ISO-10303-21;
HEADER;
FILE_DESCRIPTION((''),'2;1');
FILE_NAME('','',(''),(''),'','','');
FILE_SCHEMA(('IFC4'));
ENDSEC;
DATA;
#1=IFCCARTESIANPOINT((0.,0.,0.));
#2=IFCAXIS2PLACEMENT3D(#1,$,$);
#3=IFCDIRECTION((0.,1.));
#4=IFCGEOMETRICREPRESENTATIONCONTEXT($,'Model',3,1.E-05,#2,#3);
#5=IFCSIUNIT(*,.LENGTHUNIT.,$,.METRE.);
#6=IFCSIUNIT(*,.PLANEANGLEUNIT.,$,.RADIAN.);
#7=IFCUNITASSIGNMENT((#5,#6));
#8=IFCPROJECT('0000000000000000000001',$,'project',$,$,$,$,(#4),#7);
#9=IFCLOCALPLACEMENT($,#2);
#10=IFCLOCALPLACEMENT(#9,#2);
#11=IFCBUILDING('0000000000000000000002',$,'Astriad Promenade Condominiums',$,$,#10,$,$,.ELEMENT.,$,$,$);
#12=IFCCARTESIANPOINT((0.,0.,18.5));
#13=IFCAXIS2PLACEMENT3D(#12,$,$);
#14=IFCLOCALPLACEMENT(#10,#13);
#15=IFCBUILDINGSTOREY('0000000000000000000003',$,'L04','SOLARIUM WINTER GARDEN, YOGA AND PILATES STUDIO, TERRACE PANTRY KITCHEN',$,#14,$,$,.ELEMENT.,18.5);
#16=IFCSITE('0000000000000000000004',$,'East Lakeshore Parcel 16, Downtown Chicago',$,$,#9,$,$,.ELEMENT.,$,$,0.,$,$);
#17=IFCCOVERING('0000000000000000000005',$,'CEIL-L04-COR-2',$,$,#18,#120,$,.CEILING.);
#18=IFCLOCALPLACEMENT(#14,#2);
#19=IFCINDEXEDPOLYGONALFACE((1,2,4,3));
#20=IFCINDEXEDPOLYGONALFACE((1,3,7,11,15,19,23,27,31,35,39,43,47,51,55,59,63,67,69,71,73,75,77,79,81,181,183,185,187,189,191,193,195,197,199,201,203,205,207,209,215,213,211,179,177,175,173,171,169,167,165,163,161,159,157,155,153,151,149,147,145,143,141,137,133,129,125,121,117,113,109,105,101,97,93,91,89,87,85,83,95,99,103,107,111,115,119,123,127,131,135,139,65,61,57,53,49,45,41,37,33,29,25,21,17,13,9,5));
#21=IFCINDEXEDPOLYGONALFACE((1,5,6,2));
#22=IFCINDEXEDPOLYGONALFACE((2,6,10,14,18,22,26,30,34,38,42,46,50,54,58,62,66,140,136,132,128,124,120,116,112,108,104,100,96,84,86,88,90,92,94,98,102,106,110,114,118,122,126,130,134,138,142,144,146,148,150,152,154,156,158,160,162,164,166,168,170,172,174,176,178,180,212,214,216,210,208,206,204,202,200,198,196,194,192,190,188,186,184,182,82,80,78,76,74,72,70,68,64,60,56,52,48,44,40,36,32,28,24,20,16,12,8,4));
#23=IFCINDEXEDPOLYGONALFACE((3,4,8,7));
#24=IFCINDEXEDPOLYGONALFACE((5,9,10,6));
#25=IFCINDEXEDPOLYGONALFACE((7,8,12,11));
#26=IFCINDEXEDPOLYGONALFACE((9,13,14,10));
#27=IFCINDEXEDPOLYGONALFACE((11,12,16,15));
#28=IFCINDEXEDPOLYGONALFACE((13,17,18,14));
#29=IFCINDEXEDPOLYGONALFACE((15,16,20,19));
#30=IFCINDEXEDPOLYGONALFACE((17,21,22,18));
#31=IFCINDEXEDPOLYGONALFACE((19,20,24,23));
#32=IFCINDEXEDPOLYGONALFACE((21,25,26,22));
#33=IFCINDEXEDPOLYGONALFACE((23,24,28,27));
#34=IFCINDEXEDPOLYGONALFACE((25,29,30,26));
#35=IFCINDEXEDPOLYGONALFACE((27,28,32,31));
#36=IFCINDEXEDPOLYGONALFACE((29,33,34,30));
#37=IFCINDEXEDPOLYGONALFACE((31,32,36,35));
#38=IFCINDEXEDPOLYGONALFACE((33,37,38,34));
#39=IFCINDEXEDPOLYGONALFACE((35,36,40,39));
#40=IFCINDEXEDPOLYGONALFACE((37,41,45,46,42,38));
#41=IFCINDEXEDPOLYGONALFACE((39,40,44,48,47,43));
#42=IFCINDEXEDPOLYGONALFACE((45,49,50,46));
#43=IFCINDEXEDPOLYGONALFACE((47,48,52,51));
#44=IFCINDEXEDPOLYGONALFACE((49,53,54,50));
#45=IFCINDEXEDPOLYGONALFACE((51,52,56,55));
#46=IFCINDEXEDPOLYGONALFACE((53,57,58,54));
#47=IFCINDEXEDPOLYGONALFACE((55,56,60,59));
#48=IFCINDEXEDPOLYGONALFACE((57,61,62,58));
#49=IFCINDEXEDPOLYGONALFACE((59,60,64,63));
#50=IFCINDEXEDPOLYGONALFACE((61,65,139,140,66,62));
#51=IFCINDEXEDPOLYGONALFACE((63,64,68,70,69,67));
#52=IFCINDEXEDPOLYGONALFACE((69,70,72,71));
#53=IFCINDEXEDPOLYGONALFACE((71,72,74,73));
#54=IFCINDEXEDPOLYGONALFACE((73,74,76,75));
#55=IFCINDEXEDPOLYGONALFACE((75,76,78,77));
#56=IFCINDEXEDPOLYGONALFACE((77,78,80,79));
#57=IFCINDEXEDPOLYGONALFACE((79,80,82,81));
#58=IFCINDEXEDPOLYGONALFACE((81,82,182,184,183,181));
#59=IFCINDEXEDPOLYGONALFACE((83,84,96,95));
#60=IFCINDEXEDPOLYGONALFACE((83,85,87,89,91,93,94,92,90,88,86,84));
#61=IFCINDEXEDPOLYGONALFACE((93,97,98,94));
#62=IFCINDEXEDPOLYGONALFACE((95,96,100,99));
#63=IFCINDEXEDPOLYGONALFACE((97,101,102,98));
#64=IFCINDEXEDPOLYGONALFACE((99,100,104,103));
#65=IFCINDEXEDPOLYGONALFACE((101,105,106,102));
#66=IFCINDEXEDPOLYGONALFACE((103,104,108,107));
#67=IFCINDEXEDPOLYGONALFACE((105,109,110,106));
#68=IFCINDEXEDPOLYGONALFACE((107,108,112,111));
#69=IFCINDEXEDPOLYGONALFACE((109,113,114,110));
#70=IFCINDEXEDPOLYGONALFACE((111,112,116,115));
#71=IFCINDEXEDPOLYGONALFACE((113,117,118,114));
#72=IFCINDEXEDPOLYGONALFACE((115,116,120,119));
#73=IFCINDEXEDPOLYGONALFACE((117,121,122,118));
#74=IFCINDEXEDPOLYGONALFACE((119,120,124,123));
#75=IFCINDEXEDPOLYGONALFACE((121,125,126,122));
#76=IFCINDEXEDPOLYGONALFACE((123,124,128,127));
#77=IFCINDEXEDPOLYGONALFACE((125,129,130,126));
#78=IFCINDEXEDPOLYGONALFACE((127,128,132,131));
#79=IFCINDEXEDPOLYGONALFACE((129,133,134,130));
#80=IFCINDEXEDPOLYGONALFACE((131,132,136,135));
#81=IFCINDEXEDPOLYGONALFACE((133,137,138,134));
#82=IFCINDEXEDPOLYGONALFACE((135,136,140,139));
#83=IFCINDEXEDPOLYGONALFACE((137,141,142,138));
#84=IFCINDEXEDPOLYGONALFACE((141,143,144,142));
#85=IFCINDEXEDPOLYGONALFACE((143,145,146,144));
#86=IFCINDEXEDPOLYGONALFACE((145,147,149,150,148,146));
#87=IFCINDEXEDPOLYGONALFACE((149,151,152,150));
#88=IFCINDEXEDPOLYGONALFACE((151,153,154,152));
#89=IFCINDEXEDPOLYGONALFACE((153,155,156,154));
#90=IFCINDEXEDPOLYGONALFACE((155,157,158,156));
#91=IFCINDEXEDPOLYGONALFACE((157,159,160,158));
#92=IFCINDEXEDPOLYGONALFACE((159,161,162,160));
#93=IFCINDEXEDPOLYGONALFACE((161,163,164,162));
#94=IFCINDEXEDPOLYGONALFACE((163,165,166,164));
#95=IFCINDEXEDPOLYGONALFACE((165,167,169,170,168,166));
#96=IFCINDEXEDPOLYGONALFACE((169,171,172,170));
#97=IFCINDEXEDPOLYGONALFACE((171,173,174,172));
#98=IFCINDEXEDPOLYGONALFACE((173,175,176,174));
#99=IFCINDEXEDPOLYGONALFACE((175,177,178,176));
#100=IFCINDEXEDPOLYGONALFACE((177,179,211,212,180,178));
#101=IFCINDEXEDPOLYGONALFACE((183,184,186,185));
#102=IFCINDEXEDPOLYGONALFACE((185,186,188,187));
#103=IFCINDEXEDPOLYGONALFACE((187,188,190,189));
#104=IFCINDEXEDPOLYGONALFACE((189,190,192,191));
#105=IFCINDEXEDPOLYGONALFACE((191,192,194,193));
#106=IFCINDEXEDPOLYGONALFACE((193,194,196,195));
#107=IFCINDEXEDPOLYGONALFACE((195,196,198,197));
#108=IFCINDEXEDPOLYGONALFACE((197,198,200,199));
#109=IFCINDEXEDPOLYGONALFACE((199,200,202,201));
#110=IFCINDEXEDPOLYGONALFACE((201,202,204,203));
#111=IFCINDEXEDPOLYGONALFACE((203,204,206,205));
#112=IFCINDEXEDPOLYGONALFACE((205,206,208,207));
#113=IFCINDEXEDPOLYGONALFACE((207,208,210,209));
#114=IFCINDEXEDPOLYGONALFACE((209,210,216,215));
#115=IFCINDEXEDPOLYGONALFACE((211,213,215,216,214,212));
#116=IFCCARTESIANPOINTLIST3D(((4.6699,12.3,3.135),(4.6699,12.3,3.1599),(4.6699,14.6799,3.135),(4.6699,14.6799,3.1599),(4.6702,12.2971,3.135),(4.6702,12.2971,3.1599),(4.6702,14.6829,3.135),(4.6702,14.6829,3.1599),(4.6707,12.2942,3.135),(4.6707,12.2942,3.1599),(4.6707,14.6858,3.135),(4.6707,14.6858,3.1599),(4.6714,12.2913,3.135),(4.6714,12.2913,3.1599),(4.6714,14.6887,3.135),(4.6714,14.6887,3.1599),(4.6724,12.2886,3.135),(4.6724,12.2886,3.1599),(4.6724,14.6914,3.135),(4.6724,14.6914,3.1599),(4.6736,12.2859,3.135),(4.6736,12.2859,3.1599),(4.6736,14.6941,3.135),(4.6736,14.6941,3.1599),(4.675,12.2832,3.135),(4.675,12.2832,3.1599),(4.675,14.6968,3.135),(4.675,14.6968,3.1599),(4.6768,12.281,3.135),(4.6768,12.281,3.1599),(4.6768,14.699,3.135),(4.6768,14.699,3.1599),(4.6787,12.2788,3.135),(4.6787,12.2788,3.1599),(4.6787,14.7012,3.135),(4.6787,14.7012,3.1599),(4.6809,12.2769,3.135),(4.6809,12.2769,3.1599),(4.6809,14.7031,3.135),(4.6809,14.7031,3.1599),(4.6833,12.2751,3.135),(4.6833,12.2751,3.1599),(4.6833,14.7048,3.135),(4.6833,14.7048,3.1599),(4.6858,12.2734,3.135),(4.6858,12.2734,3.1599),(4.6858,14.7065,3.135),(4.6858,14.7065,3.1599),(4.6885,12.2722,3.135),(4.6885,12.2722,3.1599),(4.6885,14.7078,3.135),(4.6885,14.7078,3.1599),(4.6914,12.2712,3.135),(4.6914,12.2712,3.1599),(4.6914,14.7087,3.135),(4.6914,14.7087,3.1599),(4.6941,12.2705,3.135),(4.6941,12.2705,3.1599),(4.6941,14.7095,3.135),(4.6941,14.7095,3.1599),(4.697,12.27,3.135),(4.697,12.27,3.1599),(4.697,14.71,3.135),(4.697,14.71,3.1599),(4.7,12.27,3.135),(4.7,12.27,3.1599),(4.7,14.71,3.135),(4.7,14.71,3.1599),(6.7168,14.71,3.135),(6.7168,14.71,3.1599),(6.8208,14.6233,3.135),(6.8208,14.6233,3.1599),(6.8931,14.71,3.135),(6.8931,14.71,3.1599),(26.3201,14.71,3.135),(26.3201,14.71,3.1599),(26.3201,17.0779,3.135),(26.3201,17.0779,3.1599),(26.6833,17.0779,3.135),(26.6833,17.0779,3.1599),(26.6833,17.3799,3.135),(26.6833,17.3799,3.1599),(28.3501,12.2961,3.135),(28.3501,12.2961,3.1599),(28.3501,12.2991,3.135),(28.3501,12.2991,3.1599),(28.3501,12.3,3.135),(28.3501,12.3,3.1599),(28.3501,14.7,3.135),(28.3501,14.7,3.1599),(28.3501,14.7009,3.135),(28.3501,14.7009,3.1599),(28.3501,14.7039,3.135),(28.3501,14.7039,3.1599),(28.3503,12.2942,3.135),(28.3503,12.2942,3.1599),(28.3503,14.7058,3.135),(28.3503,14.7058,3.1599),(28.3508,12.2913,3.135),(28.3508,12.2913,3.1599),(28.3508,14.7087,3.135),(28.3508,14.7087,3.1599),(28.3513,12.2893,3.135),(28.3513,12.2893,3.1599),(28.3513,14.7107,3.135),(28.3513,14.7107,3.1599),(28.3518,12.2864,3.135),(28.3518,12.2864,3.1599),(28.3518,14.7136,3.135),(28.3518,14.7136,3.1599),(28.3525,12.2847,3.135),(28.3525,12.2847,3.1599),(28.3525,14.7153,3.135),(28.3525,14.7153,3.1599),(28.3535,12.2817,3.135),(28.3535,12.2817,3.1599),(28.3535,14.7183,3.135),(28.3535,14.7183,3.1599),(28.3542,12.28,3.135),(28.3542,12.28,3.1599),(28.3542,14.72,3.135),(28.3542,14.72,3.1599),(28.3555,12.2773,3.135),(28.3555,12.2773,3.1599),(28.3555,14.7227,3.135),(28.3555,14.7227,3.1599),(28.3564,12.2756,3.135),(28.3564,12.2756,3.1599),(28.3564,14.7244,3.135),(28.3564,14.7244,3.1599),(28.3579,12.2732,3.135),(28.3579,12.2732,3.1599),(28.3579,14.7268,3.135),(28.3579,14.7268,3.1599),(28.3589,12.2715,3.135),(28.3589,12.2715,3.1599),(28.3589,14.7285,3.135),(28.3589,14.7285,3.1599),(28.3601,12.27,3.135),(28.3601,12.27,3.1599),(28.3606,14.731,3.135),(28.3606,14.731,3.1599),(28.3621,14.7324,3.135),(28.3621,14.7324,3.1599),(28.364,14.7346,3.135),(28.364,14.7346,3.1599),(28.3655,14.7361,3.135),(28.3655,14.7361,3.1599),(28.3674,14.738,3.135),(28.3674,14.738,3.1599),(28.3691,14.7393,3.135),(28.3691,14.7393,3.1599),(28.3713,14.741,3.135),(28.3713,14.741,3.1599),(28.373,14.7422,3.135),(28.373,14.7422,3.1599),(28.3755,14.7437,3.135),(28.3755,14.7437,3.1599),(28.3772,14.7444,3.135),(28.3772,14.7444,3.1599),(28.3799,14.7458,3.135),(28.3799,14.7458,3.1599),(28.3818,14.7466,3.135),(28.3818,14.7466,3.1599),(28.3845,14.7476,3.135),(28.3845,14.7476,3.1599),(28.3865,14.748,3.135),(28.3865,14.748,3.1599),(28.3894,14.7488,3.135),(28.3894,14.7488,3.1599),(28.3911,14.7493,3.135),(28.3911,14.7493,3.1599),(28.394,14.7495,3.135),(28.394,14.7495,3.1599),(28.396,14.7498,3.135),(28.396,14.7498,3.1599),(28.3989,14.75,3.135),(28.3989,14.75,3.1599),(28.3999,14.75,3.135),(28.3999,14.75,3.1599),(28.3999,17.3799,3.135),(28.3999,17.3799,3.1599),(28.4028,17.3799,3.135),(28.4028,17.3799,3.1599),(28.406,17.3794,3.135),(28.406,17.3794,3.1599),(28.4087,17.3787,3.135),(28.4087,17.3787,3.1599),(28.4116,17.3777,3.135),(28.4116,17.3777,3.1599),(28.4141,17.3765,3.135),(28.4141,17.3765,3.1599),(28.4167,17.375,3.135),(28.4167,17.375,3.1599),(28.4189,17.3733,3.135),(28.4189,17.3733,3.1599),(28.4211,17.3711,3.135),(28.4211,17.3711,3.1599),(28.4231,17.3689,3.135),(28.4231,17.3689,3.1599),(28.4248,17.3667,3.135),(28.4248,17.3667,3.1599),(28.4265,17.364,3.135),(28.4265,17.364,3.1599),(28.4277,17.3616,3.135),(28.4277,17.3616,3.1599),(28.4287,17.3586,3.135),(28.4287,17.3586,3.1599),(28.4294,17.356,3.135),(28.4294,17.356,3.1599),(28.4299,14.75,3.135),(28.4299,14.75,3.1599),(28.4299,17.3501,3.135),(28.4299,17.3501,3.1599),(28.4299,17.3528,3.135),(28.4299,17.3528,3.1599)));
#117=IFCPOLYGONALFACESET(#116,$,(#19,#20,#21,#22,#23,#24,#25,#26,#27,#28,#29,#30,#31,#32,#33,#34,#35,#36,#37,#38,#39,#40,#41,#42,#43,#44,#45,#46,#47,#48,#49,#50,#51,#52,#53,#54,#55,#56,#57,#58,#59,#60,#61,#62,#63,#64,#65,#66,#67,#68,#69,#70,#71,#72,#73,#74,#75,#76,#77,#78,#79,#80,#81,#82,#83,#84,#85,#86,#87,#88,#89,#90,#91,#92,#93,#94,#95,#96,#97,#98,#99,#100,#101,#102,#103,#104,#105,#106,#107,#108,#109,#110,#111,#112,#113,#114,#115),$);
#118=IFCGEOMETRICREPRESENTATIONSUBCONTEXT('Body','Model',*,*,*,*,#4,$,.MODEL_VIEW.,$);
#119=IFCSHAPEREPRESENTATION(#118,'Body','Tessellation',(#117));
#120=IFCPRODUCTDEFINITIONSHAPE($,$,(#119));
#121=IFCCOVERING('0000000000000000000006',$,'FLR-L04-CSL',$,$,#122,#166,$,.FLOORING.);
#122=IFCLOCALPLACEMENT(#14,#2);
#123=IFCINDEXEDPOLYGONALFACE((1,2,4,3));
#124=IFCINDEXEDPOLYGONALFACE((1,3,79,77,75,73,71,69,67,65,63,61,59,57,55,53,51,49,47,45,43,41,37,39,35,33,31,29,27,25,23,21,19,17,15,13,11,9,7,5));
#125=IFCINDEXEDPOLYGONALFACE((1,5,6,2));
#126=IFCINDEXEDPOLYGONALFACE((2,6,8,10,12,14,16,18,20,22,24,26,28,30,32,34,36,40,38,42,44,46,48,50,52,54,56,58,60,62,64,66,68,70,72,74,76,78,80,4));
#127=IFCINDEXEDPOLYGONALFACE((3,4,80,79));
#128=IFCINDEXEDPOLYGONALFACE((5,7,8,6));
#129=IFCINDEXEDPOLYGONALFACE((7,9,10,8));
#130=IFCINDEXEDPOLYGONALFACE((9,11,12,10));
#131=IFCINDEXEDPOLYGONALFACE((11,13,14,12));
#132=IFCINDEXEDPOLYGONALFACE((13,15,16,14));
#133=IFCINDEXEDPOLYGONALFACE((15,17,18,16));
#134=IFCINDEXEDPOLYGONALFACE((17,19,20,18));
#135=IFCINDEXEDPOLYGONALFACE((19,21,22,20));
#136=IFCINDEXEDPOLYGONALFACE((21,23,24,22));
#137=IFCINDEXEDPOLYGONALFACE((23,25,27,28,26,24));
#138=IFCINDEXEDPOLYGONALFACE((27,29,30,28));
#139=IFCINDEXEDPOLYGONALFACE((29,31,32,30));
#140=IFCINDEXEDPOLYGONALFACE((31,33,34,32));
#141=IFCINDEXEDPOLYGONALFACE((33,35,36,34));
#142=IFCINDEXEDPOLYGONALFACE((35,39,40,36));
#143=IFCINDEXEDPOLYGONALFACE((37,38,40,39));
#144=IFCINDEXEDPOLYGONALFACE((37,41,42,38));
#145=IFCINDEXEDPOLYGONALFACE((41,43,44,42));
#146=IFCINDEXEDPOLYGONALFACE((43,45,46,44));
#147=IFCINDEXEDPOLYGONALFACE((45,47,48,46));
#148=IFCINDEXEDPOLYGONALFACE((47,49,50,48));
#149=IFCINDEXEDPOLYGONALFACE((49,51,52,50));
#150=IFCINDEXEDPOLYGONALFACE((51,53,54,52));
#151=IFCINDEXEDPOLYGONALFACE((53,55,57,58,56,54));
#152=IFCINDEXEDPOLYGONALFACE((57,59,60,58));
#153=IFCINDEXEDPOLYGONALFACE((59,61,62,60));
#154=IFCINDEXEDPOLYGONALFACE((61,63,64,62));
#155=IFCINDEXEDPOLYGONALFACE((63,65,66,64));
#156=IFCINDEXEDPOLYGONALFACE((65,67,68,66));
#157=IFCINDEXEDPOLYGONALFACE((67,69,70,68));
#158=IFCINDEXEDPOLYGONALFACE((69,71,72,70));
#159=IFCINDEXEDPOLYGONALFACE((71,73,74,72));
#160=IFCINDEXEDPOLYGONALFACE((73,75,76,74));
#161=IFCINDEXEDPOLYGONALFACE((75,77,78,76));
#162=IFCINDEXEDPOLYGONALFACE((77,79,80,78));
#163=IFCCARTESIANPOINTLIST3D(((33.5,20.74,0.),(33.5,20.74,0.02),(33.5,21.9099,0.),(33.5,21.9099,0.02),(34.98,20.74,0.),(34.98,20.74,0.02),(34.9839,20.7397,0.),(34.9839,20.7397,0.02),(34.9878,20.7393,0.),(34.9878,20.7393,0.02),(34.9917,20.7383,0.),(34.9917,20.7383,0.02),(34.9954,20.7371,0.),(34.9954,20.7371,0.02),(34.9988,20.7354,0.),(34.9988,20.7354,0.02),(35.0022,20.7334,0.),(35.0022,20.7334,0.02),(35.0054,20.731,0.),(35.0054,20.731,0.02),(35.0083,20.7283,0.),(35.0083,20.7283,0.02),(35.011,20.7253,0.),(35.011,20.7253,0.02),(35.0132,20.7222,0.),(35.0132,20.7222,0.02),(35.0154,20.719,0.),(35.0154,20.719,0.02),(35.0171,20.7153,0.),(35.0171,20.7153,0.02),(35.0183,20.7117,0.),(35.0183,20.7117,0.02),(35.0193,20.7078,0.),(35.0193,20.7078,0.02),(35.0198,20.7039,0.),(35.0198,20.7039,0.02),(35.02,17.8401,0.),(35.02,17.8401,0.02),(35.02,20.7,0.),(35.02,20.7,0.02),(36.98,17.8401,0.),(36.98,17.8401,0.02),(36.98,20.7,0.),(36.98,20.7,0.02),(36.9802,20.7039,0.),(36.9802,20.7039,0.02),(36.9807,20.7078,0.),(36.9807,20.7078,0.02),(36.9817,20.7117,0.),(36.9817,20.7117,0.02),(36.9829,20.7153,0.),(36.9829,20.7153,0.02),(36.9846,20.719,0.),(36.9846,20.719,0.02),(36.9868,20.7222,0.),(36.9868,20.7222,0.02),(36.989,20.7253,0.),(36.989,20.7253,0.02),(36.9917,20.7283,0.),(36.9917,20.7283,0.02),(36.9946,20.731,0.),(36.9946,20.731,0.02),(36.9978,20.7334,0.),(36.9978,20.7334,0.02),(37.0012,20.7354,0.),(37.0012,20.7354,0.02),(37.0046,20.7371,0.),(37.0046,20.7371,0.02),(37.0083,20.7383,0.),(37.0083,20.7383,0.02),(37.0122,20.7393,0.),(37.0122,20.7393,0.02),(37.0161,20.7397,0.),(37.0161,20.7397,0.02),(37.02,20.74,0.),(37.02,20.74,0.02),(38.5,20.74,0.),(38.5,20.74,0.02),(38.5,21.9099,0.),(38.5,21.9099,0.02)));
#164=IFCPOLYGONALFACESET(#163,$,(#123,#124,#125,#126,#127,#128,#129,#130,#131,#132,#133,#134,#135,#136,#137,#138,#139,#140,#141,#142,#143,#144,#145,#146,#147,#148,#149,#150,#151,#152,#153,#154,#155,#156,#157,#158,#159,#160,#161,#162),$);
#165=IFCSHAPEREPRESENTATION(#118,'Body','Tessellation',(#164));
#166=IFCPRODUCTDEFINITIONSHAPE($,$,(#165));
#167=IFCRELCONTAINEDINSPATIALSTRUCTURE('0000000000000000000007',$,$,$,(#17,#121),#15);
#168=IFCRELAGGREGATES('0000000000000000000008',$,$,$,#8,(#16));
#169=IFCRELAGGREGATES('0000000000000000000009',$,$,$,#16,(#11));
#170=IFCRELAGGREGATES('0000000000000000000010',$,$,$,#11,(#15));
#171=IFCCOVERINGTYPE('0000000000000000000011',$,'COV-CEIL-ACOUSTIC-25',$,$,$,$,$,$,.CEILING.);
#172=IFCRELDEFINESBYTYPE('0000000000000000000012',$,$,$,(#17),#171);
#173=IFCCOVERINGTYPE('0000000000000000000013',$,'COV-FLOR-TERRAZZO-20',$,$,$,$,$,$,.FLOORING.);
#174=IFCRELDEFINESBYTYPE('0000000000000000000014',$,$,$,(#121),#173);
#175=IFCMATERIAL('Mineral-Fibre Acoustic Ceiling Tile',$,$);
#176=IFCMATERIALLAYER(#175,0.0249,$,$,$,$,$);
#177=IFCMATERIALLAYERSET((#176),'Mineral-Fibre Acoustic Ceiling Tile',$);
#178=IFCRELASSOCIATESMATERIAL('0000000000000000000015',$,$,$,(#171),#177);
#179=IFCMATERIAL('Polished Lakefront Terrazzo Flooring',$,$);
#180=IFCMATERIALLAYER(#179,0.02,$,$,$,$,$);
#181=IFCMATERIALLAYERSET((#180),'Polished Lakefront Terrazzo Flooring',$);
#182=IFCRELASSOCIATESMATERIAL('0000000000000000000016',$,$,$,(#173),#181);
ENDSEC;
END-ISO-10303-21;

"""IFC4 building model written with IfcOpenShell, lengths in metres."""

from ifc_helpers import new_model, si_unit, direction, frame, origin, place, context, subcontext, project, spatial, polyline, outline, extrude, material, layer, layer_set, type_object, element, save


model = new_model("IFC4")

# Units and contexts
model_context = context("Model", 3, precision=1e-05, world=origin(), true_north=direction((0.0, 1.0)))
body_context = subcontext(model_context, "Body", "Model", "MODEL_VIEW")
ifc_project = project(units=[si_unit("LENGTHUNIT", "METRE"), si_unit("PLANEANGLEUNIT", "RADIAN")], contexts=[model_context])

# Site, building, storey
site_placement = place(None, origin())
site = spatial("IfcSite", under=ifc_project, at=site_placement, Name="East Lakeshore Parcel 16, Downtown Chicago", CompositionType="ELEMENT", RefElevation=0.0)
building_placement = place(site_placement, origin())
building = spatial("IfcBuilding", under=site, at=building_placement, Name="Astriad Promenade Condominiums", CompositionType="ELEMENT")
storey_placement = place(building_placement, frame((0.0, 0.0, 18.5)))
storey = spatial("IfcBuildingStorey", under=building, at=storey_placement, Name="L04", Description="SOLARIUM WINTER GARDEN, YOGA AND PILATES STUDIO, TERRACE PANTRY KITCHEN", CompositionType="ELEMENT", Elevation=18.5)

# Coverings
ifc_material_1 = material(Name="Mineral-Fibre Acoustic Ceiling Tile")
ifc_layer_1 = layer(ifc_material_1, 0.0249)
ifc_layer_set_1 = layer_set([ifc_layer_1], Name="Mineral-Fibre Acoustic Ceiling Tile")
covering_type_1 = type_object("IfcCoveringType", Name="COV-CEIL-ACOUSTIC-25", PredefinedType="CEILING", material=ifc_layer_set_1)
covering_1_placement = place(storey_placement, frame((0.0, 0.0, 3.135)))
element("IfcCovering", 1, at=covering_1_placement, inside=storey, type_object=covering_type_1, Name="CEIL-L04-COR-2", PredefinedType="CEILING", context=body_context, shape_type="SweptSolid", body=[
    extrude(outline(polyline([(4.6914, 12.2712), (4.6885, 12.2722), (4.6858, 12.2734), (4.6833, 12.2751), (4.6809, 12.2769), (4.6787, 12.2788), (4.6768, 12.281), (4.675, 12.2832), (4.6736, 12.2859), (4.6724, 12.2886), (4.6714, 12.2913), (4.6707, 12.2942), (4.6702, 12.2971), (4.6699, 12.3), (4.6699, 14.6799), (4.6702, 14.6829), (4.6707, 14.6858), (4.6714, 14.6887), (4.6724, 14.6914), (4.6736, 14.6941), (4.675, 14.6968), (4.6768, 14.699), (4.6787, 14.7012), (4.6809, 14.7031), (4.6833, 14.7048), (4.6858, 14.7065), (4.6885, 14.7078), (4.6914, 14.7087), (4.6941, 14.7095), (4.697, 14.71), (4.7, 14.71), (6.7168, 14.71), (6.8208, 14.6233), (6.8931, 14.71), (26.3201, 14.71), (26.3201, 17.0779), (26.6833, 17.0779), (26.6833, 17.3799), (28.3999, 17.3799), (28.4028, 17.3799), (28.406, 17.3794), (28.4087, 17.3787), (28.4116, 17.3777), (28.4141, 17.3765), (28.4167, 17.375), (28.4189, 17.3733), (28.4211, 17.3711), (28.4231, 17.3689), (28.4248, 17.3667), (28.4265, 17.364), (28.4277, 17.3616), (28.4287, 17.3586), (28.4294, 17.356), (28.4299, 17.3528), (28.4299, 17.3501), (28.4299, 14.75), (28.3999, 14.75), (28.3989, 14.75), (28.396, 14.7498), (28.394, 14.7495), (28.3911, 14.7493), (28.3894, 14.7488), (28.3865, 14.748), (28.3845, 14.7476), (28.3818, 14.7466), (28.3799, 14.7458), (28.3772, 14.7444), (28.3755, 14.7437), (28.373, 14.7422), (28.3713, 14.741), (28.3691, 14.7393), (28.3674, 14.738), (28.3655, 14.7361), (28.364, 14.7346), (28.3621, 14.7324), (28.3606, 14.731), (28.3589, 14.7285), (28.3579, 14.7268), (28.3564, 14.7244), (28.3555, 14.7227), (28.3542, 14.72), (28.3535, 14.7183), (28.3525, 14.7153), (28.3518, 14.7136), (28.3513, 14.7107), (28.3508, 14.7087), (28.3503, 14.7058), (28.3501, 14.7039), (28.3501, 14.7009), (28.3501, 14.7), (28.3501, 12.3), (28.3501, 12.2991), (28.3501, 12.2961), (28.3503, 12.2942), (28.3508, 12.2913), (28.3513, 12.2893), (28.3518, 12.2864), (28.3525, 12.2847), (28.3535, 12.2817), (28.3542, 12.28), (28.3555, 12.2773), (28.3564, 12.2756), (28.3579, 12.2732), (28.3589, 12.2715), (28.3601, 12.27), (4.7, 12.27), (4.697, 12.27), (4.6941, 12.2705), (4.6914, 12.2712)])), origin(), (0.0, 0.0, 1.0), 0.0249),
])
ifc_material_2 = material(Name="Polished Lakefront Terrazzo Flooring")
ifc_layer_2 = layer(ifc_material_2, 0.02)
ifc_layer_set_2 = layer_set([ifc_layer_2], Name="Polished Lakefront Terrazzo Flooring")
covering_type_2 = type_object("IfcCoveringType", Name="COV-FLOR-TERRAZZO-20", PredefinedType="FLOORING", material=ifc_layer_set_2)
covering_2_placement = place(storey_placement, origin())
element("IfcCovering", 2, at=covering_2_placement, inside=storey, type_object=covering_type_2, Name="FLR-L04-CSL", PredefinedType="FLOORING", context=body_context, shape_type="SweptSolid", body=[
    extrude(outline(polyline([(36.98, 20.7), (36.98, 17.8401), (35.02, 17.8401), (35.02, 20.7), (35.0198, 20.7039), (35.0193, 20.7078), (35.0183, 20.7117), (35.0171, 20.7153), (35.0154, 20.719), (35.0132, 20.7222), (35.011, 20.7253), (35.0083, 20.7283), (35.0054, 20.731), (35.0022, 20.7334), (34.9988, 20.7354), (34.9954, 20.7371), (34.9917, 20.7383), (34.9878, 20.7393), (34.9839, 20.7397), (34.98, 20.74), (33.5, 20.74), (33.5, 21.9099), (38.5, 21.9099), (38.5, 20.74), (37.02, 20.74), (37.0161, 20.7397), (37.0122, 20.7393), (37.0083, 20.7383), (37.0046, 20.7371), (37.0012, 20.7354), (36.9978, 20.7334), (36.9946, 20.731), (36.9917, 20.7283), (36.989, 20.7253), (36.9868, 20.7222), (36.9846, 20.719), (36.9829, 20.7153), (36.9817, 20.7117), (36.9807, 20.7078), (36.9802, 20.7039), (36.98, 20.7)])), origin(), (0.0, 0.0, 1.0), 0.02),
])

save(model, "model.ifc")
